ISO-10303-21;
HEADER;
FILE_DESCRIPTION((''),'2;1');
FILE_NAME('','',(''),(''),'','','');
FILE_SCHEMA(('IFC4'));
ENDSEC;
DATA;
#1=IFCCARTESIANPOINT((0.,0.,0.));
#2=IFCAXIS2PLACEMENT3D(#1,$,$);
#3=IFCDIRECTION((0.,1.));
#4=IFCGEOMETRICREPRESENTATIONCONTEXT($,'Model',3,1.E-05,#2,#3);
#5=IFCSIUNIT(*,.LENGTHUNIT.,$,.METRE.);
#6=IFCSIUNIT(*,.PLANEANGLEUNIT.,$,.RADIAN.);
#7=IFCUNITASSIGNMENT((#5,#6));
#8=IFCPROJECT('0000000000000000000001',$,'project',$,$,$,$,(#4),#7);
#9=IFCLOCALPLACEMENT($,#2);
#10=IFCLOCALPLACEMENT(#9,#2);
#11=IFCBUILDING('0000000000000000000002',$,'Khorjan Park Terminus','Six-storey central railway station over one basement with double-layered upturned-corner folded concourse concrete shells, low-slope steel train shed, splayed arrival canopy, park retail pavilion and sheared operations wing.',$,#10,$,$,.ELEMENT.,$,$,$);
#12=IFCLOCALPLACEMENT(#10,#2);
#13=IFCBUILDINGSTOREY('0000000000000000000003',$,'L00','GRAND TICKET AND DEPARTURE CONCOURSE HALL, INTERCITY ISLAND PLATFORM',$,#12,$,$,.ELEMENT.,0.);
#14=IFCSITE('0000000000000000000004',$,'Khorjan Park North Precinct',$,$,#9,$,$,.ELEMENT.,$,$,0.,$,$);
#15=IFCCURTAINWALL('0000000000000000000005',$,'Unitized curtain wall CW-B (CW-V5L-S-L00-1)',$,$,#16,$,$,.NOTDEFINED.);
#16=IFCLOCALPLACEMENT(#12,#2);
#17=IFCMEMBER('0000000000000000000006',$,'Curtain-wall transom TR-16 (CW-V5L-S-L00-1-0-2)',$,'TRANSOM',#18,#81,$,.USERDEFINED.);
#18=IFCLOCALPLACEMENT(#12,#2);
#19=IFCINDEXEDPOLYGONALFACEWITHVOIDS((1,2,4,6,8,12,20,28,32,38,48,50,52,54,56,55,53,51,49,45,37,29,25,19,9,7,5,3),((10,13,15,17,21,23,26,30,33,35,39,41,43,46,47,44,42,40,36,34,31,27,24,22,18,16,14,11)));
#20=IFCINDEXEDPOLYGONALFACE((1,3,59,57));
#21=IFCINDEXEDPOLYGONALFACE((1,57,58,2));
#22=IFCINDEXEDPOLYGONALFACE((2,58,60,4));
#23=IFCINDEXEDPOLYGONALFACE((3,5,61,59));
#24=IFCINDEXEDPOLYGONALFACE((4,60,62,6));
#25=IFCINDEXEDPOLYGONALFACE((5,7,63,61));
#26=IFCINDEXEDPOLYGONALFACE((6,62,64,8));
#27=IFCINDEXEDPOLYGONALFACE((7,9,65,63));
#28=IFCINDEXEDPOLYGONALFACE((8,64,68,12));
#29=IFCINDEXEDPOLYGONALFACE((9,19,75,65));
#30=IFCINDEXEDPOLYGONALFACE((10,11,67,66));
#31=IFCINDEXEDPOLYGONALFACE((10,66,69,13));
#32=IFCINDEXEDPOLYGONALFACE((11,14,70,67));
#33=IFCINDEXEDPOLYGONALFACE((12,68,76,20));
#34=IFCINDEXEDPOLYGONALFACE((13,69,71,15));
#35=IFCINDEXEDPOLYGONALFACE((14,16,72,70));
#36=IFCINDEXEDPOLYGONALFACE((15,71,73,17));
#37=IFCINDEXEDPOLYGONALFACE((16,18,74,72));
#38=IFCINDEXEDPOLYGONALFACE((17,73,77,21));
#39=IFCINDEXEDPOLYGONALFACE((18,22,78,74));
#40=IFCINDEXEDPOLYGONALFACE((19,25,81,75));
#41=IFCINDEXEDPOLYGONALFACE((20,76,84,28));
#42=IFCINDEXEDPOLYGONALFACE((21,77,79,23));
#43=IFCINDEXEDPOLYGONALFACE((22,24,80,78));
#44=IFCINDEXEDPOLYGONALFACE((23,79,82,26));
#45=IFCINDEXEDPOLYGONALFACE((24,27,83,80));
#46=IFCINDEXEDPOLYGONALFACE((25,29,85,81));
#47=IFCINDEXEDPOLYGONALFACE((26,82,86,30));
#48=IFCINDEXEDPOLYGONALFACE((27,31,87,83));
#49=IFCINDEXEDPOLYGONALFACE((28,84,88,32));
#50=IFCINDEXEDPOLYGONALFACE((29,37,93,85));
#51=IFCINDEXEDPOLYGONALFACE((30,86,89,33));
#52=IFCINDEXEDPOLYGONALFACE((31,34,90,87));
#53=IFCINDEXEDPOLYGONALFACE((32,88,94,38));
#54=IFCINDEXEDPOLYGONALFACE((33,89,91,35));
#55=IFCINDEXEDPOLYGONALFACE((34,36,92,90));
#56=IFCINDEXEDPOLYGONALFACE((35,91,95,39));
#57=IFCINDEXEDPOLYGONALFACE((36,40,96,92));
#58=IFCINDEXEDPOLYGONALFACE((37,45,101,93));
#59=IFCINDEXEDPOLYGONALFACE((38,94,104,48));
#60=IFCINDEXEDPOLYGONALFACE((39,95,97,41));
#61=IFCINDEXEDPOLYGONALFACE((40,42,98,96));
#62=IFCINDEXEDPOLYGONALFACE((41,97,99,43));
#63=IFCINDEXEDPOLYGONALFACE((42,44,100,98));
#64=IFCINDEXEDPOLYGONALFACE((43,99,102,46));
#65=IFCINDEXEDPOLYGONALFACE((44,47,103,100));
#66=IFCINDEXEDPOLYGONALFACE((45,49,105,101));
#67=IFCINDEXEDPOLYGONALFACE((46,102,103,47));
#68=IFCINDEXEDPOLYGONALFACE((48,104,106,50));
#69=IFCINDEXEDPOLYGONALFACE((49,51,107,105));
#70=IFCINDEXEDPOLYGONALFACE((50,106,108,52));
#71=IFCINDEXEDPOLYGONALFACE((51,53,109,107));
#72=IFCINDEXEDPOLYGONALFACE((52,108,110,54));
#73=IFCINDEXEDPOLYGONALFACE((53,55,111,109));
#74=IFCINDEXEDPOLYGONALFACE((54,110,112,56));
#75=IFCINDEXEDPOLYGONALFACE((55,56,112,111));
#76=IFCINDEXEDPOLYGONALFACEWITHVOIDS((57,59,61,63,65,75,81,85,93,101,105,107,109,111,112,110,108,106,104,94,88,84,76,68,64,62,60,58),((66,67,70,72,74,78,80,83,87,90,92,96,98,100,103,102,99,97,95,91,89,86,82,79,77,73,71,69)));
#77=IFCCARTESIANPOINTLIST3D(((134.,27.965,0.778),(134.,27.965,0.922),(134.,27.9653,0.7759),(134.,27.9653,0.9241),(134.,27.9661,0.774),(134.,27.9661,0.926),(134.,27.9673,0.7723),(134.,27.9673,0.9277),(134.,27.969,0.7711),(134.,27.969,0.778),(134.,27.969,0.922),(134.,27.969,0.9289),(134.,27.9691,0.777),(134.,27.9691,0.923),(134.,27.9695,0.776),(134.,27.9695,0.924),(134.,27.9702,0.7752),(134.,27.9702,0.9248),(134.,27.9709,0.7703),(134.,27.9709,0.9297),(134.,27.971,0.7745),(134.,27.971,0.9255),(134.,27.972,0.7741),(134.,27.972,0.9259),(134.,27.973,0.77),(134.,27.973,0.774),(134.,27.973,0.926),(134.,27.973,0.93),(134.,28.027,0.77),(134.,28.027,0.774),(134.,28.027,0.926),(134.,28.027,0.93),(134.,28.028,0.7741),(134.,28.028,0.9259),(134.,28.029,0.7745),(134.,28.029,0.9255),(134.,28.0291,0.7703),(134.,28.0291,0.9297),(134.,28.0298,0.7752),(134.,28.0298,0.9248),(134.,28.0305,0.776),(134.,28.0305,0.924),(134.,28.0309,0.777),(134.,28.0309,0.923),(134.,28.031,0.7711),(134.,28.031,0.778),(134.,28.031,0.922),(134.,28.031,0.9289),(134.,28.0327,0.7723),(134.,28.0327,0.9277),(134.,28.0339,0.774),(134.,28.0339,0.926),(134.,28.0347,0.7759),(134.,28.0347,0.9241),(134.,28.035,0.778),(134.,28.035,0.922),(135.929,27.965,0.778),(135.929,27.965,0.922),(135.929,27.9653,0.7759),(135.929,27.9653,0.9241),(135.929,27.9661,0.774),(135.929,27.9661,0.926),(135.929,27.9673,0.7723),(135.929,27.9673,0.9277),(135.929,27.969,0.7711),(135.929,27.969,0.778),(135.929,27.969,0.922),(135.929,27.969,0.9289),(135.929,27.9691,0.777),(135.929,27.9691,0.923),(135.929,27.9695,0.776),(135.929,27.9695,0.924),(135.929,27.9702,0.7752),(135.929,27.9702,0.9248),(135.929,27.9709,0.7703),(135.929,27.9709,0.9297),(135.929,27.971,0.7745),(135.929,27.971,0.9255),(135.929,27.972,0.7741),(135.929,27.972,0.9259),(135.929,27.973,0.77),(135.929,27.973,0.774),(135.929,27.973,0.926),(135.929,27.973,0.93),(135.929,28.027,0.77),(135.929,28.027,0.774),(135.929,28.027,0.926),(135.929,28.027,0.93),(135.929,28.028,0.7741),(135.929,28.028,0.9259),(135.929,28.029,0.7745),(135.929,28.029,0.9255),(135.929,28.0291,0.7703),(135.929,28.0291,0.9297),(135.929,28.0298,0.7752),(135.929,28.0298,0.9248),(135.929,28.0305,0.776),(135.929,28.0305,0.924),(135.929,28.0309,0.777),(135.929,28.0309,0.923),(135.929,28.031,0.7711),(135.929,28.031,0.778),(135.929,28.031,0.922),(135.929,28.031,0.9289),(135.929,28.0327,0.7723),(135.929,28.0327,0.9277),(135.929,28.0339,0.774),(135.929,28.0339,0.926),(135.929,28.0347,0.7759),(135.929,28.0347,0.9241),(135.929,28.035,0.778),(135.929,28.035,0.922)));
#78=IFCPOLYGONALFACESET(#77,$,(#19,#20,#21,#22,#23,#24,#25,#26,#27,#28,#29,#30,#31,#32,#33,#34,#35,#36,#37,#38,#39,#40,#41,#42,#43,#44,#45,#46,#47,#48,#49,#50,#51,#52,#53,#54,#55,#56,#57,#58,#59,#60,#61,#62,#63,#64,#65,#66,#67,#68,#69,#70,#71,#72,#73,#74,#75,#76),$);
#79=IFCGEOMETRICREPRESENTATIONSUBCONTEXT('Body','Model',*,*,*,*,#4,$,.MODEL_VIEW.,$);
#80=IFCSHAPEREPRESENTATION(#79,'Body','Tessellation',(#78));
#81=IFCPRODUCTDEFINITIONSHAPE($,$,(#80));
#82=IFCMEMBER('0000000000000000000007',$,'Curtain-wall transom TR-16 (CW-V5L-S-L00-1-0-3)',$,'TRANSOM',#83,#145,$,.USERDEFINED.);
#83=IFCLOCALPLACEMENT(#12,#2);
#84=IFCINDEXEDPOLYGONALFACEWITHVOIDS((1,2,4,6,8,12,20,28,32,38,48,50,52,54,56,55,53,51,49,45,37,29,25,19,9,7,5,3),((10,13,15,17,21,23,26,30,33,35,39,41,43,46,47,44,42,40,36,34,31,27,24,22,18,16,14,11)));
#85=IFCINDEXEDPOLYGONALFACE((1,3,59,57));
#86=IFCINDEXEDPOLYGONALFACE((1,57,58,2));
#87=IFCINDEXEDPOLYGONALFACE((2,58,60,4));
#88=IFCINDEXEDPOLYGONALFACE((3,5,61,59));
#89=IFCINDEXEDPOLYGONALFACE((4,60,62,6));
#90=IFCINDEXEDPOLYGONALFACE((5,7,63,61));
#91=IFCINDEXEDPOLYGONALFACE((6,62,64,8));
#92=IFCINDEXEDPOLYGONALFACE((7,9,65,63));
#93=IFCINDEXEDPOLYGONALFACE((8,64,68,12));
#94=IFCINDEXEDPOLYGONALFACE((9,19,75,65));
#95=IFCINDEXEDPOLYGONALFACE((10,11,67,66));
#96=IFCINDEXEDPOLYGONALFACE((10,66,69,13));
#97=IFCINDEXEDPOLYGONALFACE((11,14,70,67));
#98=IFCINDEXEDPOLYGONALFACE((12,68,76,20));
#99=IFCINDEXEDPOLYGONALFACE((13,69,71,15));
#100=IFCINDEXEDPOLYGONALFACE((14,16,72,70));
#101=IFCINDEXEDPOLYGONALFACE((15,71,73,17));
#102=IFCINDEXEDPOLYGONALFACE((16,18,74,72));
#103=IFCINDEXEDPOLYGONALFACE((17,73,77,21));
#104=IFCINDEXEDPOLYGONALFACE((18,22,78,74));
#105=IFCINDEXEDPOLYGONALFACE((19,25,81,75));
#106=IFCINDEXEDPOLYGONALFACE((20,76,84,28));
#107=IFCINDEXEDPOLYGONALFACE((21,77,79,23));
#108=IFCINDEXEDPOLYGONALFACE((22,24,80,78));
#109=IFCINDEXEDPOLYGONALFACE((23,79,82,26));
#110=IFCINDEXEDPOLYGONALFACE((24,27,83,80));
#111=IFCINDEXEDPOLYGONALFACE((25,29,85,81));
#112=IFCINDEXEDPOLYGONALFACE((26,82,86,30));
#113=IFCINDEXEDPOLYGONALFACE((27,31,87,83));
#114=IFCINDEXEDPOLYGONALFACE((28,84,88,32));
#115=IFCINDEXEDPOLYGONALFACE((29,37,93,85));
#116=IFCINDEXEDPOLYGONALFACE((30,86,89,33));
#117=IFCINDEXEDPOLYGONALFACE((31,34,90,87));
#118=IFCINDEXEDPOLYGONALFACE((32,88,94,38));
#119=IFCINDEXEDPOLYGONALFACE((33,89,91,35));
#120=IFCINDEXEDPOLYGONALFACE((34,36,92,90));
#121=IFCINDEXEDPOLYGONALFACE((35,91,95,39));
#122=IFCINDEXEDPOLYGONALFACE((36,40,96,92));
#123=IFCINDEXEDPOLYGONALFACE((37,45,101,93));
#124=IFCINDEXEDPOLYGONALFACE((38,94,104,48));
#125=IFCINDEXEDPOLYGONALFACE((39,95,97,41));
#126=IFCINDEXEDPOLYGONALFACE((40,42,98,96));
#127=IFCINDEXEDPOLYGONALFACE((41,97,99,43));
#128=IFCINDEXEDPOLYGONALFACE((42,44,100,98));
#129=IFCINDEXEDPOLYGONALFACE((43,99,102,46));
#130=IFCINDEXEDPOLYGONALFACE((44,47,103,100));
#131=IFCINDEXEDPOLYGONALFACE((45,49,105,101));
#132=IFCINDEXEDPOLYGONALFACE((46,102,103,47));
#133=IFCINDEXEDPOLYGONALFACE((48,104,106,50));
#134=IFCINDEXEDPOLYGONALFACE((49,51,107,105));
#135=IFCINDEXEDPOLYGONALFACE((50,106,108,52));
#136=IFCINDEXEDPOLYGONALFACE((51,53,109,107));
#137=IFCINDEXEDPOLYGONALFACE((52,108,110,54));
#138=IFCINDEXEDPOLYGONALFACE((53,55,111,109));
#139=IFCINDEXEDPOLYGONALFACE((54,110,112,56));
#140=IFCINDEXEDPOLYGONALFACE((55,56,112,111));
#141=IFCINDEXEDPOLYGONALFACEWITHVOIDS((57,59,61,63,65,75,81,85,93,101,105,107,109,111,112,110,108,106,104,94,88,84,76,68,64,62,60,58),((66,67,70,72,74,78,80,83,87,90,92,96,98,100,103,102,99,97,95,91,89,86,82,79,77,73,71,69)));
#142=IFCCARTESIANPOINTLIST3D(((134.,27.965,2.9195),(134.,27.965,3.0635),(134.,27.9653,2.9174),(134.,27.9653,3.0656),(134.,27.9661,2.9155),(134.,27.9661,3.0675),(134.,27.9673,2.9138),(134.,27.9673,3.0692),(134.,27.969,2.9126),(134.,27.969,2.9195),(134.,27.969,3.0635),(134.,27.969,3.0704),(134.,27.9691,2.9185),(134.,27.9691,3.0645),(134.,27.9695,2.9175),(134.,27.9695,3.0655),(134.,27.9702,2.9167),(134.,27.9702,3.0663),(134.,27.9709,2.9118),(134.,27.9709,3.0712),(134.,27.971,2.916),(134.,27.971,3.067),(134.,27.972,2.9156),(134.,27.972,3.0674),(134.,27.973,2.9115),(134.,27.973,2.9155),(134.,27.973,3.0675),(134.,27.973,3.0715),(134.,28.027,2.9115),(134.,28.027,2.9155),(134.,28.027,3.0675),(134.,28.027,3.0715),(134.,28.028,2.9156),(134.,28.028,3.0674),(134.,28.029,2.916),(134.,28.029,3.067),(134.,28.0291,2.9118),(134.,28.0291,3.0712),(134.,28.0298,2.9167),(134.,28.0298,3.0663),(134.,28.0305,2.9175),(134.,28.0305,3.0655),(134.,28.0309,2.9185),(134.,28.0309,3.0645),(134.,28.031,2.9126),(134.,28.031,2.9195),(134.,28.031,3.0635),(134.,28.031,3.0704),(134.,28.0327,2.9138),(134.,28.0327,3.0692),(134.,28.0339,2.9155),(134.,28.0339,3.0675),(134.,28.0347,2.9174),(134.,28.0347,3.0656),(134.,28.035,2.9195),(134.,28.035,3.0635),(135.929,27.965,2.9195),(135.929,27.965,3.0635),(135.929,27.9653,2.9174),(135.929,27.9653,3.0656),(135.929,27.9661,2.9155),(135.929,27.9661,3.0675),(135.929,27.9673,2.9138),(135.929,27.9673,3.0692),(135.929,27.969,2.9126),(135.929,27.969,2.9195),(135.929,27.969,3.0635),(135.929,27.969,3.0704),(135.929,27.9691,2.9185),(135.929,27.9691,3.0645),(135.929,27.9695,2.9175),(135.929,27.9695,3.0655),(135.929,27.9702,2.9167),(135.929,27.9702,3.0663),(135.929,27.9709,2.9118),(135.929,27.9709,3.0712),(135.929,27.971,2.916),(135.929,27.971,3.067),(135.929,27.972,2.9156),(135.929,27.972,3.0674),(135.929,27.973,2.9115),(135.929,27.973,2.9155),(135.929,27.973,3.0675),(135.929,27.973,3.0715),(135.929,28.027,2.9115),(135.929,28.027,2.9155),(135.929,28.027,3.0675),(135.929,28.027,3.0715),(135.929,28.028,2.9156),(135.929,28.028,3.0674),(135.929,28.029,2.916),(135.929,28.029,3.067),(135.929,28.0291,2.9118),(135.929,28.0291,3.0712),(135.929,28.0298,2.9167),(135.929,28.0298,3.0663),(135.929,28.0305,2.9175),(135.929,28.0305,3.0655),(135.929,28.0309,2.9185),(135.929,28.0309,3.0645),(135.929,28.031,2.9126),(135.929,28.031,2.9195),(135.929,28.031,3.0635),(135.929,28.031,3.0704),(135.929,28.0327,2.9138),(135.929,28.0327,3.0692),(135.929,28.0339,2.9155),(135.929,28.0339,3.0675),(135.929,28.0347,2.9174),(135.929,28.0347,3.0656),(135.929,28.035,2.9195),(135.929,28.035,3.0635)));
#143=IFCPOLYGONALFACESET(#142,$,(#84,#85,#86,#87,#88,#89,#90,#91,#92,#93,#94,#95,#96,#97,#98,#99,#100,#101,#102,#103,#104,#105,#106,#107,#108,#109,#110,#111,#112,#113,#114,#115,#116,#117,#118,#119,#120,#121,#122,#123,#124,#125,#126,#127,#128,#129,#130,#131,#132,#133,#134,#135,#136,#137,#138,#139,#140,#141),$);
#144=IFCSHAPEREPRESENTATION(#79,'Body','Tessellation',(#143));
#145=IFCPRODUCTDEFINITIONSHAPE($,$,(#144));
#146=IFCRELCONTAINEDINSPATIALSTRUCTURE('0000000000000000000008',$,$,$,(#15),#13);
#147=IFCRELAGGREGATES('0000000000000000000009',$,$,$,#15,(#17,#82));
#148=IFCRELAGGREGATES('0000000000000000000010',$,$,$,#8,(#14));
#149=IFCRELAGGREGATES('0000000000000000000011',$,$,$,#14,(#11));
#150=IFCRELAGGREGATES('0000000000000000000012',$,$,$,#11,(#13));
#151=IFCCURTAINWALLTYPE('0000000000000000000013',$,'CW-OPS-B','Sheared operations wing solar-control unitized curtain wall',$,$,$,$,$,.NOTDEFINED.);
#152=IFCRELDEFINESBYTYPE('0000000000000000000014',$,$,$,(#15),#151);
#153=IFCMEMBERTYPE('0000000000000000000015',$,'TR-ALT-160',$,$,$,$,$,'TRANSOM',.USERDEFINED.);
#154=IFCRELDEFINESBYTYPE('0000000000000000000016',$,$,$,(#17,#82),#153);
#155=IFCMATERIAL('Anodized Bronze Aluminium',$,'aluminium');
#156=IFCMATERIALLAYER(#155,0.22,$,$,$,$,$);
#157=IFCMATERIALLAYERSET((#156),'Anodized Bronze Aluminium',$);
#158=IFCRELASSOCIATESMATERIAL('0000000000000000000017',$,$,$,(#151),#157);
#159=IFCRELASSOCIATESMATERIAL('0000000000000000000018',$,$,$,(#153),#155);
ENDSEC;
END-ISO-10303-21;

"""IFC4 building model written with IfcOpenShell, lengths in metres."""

from ifc_helpers import new_model, si_unit, direction, frame, origin, origin_2d, place, context, subcontext, project, spatial, hollow_rectangle, extrude, material, layer, layer_set, material_profile, profile_set, type_object, element, aggregate, save


model = new_model("IFC4")

# Units and contexts
model_context = context("Model", 3, precision=1e-05, world=origin(), true_north=direction((0.0, 1.0)))
body_context = subcontext(model_context, "Body", "Model", "MODEL_VIEW")
ifc_project = project(units=[si_unit("LENGTHUNIT", "METRE"), si_unit("PLANEANGLEUNIT", "RADIAN")], contexts=[model_context])

# Site, building, storey
site_placement = place(None, origin())
site = spatial("IfcSite", under=ifc_project, at=site_placement, Name="Khorjan Park North Precinct", CompositionType="ELEMENT", RefElevation=0.0)
building_placement = place(site_placement, origin())
building = spatial("IfcBuilding", under=site, at=building_placement, Name="Khorjan Park Terminus", Description="Six-storey central railway station over one basement with double-layered upturned-corner folded concourse concrete shells, low-slope steel train shed, splayed arrival canopy, park retail pavilion and sheared operations wing.", CompositionType="ELEMENT")
storey_placement = place(building_placement, origin())
storey = spatial("IfcBuildingStorey", under=building, at=storey_placement, Name="L00", Description="GRAND TICKET AND DEPARTURE CONCOURSE HALL, INTERCITY ISLAND PLATFORM", CompositionType="ELEMENT", Elevation=0.0)

# Curtain wall
ifc_material_1 = material(Name="Anodized Bronze Aluminium", Category="aluminium")
ifc_layer_1 = layer(ifc_material_1, 0.22)
ifc_layer_set_1 = layer_set([ifc_layer_1], Name="Anodized Bronze Aluminium")
curtain_wall_type_1 = type_object("IfcCurtainWallType", Name="CW-OPS-B", Description="Sheared operations wing solar-control unitized curtain wall", PredefinedType="NOTDEFINED", material=ifc_layer_set_1)
curtain_wall_1_placement = place(storey_placement, origin())
curtain_wall_1 = element("IfcCurtainWall", 1, at=curtain_wall_1_placement, inside=storey, type_object=curtain_wall_type_1, Name="Unitized curtain wall CW-B (CW-V5L-S-L00-1)", PredefinedType="NOTDEFINED")

# Members
ifc_material_profile_1 = material_profile(ifc_material_1, hollow_rectangle(XDim=0.07, YDim=0.16, WallThickness=0.004, InnerFilletRadius=0.004, OuterFilletRadius=0.008, at=origin_2d()), Name="ALT 70x160x4")
ifc_profile_set_1 = profile_set([ifc_material_profile_1], Name="Anodized Bronze Aluminium")
member_type_1 = type_object("IfcMemberType", Name="TR-ALT-160", ElementType="TRANSOM", PredefinedType="USERDEFINED", material=ifc_profile_set_1)
member_1_placement = place(storey_placement, frame((134.0, 28.0, 0.85), z_axis=(1.0, 0.0, 0.0), x_axis=(0.0, 1.0, 0.0)))
member_1 = element("IfcMember", 2, at=member_1_placement, type_object=member_type_1, Name="Curtain-wall transom TR-16 (CW-V5L-S-L00-1-0-2)", ObjectType="TRANSOM", PredefinedType="USERDEFINED", context=body_context, shape_type="SweptSolid", body=[
    extrude(hollow_rectangle(XDim=0.07, YDim=0.16, WallThickness=0.004, InnerFilletRadius=0.004, OuterFilletRadius=0.008, at=origin_2d()), origin(), (0.0, 0.0, 1.0), 1.929),
])
member_2_placement = place(storey_placement, frame((134.0, 28.0, 2.9915), z_axis=(1.0, 0.0, 0.0), x_axis=(0.0, 1.0, 0.0)))
member_2 = element("IfcMember", 3, at=member_2_placement, type_object=member_type_1, Name="Curtain-wall transom TR-16 (CW-V5L-S-L00-1-0-3)", ObjectType="TRANSOM", PredefinedType="USERDEFINED", context=body_context, shape_type="SweptSolid", body=[
    extrude(hollow_rectangle(XDim=0.07, YDim=0.16, WallThickness=0.004, InnerFilletRadius=0.004, OuterFilletRadius=0.008, at=origin_2d()), origin(), (0.0, 0.0, 1.0), 1.929),
])
aggregate(curtain_wall_1, [member_1, member_2])

save(model, "model.ifc")
